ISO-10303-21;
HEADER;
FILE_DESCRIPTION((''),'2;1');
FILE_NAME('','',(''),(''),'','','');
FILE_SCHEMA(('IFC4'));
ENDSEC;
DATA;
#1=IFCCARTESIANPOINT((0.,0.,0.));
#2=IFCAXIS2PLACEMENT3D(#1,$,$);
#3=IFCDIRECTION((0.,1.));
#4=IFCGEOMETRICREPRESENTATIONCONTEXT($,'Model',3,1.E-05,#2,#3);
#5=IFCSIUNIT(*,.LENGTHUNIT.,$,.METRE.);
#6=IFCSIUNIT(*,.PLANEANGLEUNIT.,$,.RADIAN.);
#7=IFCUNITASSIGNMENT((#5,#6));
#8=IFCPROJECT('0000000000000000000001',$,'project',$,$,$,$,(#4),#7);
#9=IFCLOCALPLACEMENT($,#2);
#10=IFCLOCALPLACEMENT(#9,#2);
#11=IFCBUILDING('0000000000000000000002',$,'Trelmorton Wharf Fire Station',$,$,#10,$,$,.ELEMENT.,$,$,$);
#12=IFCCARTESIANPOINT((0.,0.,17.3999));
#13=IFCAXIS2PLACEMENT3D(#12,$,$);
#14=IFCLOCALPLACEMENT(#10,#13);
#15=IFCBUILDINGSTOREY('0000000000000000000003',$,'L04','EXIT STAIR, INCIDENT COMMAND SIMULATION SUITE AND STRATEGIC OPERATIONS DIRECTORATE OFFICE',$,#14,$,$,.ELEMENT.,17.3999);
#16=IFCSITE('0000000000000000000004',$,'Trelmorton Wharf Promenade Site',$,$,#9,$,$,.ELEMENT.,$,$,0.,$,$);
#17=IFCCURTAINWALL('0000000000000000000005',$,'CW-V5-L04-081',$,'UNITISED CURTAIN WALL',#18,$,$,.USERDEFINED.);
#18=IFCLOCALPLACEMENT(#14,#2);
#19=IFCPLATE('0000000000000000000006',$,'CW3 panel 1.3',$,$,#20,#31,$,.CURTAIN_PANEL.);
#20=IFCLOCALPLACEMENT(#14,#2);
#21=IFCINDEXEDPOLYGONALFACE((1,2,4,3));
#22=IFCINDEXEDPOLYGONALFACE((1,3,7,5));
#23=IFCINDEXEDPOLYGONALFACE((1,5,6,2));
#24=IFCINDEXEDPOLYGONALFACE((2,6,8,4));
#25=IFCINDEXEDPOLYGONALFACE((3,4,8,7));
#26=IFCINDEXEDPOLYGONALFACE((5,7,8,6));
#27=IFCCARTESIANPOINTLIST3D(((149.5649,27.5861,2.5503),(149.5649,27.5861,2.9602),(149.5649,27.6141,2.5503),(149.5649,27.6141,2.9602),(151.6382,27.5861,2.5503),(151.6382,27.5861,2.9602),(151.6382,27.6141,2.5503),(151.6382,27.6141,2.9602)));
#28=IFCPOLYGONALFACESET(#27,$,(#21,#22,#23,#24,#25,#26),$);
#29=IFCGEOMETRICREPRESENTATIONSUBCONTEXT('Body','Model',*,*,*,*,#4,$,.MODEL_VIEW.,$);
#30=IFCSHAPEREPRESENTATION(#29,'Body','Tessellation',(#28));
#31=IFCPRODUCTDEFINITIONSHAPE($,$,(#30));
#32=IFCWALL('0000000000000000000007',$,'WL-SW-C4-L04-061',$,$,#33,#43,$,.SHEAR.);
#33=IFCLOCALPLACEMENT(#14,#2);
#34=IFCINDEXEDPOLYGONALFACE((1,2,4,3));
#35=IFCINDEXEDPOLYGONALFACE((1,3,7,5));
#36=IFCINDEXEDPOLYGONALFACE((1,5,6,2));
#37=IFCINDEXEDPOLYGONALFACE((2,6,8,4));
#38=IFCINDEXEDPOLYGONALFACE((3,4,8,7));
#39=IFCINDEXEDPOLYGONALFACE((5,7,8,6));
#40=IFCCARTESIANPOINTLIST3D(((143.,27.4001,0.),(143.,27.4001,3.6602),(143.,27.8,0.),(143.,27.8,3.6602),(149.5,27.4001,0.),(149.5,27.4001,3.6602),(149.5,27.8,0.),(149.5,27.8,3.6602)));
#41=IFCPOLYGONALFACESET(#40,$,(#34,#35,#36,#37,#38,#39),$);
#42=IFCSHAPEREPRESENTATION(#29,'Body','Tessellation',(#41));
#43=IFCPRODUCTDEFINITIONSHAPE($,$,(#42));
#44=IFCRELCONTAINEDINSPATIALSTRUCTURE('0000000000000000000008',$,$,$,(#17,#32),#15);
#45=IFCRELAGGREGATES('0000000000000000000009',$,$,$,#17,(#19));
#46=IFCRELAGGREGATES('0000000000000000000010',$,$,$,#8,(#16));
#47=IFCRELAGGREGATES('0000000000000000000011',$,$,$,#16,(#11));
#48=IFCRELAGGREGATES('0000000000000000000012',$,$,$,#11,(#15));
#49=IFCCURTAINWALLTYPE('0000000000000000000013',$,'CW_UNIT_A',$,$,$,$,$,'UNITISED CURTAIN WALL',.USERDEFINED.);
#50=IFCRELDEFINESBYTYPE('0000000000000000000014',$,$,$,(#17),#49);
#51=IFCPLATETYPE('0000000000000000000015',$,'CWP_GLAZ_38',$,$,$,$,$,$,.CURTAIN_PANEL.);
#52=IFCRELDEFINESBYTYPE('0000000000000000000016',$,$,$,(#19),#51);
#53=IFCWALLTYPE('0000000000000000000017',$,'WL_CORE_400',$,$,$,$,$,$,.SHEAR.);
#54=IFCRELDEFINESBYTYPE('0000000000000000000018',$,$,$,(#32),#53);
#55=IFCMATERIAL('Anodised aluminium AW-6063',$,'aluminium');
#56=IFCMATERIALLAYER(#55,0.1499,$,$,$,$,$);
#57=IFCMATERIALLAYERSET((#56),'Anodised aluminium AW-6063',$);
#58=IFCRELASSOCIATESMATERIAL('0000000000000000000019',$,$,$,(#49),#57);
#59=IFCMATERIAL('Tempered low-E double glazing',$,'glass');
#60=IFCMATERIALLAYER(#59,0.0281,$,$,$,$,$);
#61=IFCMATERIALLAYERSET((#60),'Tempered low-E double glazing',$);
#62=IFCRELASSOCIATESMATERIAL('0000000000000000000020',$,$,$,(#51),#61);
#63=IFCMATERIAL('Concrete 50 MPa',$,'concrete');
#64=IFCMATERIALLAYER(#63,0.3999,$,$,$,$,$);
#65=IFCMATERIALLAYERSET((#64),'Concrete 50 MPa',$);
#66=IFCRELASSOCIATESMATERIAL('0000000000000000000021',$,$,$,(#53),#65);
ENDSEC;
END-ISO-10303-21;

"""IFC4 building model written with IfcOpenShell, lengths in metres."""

from ifc_helpers import new_model, si_unit, direction, frame, frame_2d, origin, origin_2d, place, context, subcontext, project, spatial, rectangle, extrude, material, layer, layer_set, type_object, element, aggregate, save


model = new_model("IFC4")

# Units and contexts
model_context = context("Model", 3, precision=1e-05, world=origin(), true_north=direction((0.0, 1.0)))
body_context = subcontext(model_context, "Body", "Model", "MODEL_VIEW")
ifc_project = project(units=[si_unit("LENGTHUNIT", "METRE"), si_unit("PLANEANGLEUNIT", "RADIAN")], contexts=[model_context])

# Site, building, storey
site_placement = place(None, origin())
site = spatial("IfcSite", under=ifc_project, at=site_placement, Name="Trelmorton Wharf Promenade Site", CompositionType="ELEMENT", RefElevation=0.0)
building_placement = place(site_placement, origin())
building = spatial("IfcBuilding", under=site, at=building_placement, Name="Trelmorton Wharf Fire Station", CompositionType="ELEMENT")
storey_placement = place(building_placement, frame((0.0, 0.0, 17.3999)))
storey = spatial("IfcBuildingStorey", under=building, at=storey_placement, Name="L04", Description="EXIT STAIR, INCIDENT COMMAND SIMULATION SUITE AND STRATEGIC OPERATIONS DIRECTORATE OFFICE", CompositionType="ELEMENT", Elevation=17.3999)

# Curtain wall
ifc_material_1 = material(Name="Anodised aluminium AW-6063", Category="aluminium")
ifc_layer_1 = layer(ifc_material_1, 0.1499)
ifc_layer_set_1 = layer_set([ifc_layer_1], Name="Anodised aluminium AW-6063")
curtain_wall_type = type_object("IfcCurtainWallType", Name="CW_UNIT_A", ElementType="UNITISED CURTAIN WALL", PredefinedType="USERDEFINED", material=ifc_layer_set_1)
curtain_wall_1_placement = place(storey_placement, origin())
curtain_wall_1 = element("IfcCurtainWall", 1, at=curtain_wall_1_placement, inside=storey, type_object=curtain_wall_type, Name="CW-V5-L04-081", ObjectType="UNITISED CURTAIN WALL", PredefinedType="USERDEFINED")

# Plate
ifc_material_2 = material(Name="Tempered low-E double glazing", Category="glass")
ifc_layer_2 = layer(ifc_material_2, 0.0281)
ifc_layer_set_2 = layer_set([ifc_layer_2], Name="Tempered low-E double glazing")
plate_type_1 = type_object("IfcPlateType", Name="CWP_GLAZ_38", PredefinedType="CURTAIN_PANEL", material=ifc_layer_set_2)
plate_1_placement = place(storey_placement, frame((150.6016, 27.6001, 2.5503), z_axis=(0.0, 0.0, 1.0), x_axis=(1.0, 0.0, 0.0)))
plate_1 = element("IfcPlate", 2, at=plate_1_placement, type_object=plate_type_1, Name="CW3 panel 1.3", PredefinedType="CURTAIN_PANEL", context=body_context, shape_type="SweptSolid", body=[
    extrude(rectangle(XDim=2.0732, YDim=0.0281, at=origin_2d()), origin(), (0.0, 0.0, 1.0), 0.4099),
])
aggregate(curtain_wall_1, [plate_1])

# Wall
ifc_material_3 = material(Name="Concrete 50 MPa", Category="concrete")
ifc_layer_3 = layer(ifc_material_3, 0.3999)
ifc_layer_set_3 = layer_set([ifc_layer_3], Name="Concrete 50 MPa")
wall_type = type_object("IfcWallType", Name="WL_CORE_400", PredefinedType="SHEAR", material=ifc_layer_set_3)
wall_placement = place(storey_placement, frame((143.0, 27.6001, 0.0), z_axis=(0.0, 0.0, 1.0), x_axis=(1.0, 0.0, 0.0)))
element("IfcWall", 3, at=wall_placement, inside=storey, type_object=wall_type, Name="WL-SW-C4-L04-061", PredefinedType="SHEAR", context=body_context, shape_type="SweptSolid", body=[
    extrude(rectangle(XDim=6.5, YDim=0.3999, at=frame_2d((3.25, 0.0))), origin(), (0.0, 0.0, 1.0), 3.6602),
])

save(model, "model.ifc")
